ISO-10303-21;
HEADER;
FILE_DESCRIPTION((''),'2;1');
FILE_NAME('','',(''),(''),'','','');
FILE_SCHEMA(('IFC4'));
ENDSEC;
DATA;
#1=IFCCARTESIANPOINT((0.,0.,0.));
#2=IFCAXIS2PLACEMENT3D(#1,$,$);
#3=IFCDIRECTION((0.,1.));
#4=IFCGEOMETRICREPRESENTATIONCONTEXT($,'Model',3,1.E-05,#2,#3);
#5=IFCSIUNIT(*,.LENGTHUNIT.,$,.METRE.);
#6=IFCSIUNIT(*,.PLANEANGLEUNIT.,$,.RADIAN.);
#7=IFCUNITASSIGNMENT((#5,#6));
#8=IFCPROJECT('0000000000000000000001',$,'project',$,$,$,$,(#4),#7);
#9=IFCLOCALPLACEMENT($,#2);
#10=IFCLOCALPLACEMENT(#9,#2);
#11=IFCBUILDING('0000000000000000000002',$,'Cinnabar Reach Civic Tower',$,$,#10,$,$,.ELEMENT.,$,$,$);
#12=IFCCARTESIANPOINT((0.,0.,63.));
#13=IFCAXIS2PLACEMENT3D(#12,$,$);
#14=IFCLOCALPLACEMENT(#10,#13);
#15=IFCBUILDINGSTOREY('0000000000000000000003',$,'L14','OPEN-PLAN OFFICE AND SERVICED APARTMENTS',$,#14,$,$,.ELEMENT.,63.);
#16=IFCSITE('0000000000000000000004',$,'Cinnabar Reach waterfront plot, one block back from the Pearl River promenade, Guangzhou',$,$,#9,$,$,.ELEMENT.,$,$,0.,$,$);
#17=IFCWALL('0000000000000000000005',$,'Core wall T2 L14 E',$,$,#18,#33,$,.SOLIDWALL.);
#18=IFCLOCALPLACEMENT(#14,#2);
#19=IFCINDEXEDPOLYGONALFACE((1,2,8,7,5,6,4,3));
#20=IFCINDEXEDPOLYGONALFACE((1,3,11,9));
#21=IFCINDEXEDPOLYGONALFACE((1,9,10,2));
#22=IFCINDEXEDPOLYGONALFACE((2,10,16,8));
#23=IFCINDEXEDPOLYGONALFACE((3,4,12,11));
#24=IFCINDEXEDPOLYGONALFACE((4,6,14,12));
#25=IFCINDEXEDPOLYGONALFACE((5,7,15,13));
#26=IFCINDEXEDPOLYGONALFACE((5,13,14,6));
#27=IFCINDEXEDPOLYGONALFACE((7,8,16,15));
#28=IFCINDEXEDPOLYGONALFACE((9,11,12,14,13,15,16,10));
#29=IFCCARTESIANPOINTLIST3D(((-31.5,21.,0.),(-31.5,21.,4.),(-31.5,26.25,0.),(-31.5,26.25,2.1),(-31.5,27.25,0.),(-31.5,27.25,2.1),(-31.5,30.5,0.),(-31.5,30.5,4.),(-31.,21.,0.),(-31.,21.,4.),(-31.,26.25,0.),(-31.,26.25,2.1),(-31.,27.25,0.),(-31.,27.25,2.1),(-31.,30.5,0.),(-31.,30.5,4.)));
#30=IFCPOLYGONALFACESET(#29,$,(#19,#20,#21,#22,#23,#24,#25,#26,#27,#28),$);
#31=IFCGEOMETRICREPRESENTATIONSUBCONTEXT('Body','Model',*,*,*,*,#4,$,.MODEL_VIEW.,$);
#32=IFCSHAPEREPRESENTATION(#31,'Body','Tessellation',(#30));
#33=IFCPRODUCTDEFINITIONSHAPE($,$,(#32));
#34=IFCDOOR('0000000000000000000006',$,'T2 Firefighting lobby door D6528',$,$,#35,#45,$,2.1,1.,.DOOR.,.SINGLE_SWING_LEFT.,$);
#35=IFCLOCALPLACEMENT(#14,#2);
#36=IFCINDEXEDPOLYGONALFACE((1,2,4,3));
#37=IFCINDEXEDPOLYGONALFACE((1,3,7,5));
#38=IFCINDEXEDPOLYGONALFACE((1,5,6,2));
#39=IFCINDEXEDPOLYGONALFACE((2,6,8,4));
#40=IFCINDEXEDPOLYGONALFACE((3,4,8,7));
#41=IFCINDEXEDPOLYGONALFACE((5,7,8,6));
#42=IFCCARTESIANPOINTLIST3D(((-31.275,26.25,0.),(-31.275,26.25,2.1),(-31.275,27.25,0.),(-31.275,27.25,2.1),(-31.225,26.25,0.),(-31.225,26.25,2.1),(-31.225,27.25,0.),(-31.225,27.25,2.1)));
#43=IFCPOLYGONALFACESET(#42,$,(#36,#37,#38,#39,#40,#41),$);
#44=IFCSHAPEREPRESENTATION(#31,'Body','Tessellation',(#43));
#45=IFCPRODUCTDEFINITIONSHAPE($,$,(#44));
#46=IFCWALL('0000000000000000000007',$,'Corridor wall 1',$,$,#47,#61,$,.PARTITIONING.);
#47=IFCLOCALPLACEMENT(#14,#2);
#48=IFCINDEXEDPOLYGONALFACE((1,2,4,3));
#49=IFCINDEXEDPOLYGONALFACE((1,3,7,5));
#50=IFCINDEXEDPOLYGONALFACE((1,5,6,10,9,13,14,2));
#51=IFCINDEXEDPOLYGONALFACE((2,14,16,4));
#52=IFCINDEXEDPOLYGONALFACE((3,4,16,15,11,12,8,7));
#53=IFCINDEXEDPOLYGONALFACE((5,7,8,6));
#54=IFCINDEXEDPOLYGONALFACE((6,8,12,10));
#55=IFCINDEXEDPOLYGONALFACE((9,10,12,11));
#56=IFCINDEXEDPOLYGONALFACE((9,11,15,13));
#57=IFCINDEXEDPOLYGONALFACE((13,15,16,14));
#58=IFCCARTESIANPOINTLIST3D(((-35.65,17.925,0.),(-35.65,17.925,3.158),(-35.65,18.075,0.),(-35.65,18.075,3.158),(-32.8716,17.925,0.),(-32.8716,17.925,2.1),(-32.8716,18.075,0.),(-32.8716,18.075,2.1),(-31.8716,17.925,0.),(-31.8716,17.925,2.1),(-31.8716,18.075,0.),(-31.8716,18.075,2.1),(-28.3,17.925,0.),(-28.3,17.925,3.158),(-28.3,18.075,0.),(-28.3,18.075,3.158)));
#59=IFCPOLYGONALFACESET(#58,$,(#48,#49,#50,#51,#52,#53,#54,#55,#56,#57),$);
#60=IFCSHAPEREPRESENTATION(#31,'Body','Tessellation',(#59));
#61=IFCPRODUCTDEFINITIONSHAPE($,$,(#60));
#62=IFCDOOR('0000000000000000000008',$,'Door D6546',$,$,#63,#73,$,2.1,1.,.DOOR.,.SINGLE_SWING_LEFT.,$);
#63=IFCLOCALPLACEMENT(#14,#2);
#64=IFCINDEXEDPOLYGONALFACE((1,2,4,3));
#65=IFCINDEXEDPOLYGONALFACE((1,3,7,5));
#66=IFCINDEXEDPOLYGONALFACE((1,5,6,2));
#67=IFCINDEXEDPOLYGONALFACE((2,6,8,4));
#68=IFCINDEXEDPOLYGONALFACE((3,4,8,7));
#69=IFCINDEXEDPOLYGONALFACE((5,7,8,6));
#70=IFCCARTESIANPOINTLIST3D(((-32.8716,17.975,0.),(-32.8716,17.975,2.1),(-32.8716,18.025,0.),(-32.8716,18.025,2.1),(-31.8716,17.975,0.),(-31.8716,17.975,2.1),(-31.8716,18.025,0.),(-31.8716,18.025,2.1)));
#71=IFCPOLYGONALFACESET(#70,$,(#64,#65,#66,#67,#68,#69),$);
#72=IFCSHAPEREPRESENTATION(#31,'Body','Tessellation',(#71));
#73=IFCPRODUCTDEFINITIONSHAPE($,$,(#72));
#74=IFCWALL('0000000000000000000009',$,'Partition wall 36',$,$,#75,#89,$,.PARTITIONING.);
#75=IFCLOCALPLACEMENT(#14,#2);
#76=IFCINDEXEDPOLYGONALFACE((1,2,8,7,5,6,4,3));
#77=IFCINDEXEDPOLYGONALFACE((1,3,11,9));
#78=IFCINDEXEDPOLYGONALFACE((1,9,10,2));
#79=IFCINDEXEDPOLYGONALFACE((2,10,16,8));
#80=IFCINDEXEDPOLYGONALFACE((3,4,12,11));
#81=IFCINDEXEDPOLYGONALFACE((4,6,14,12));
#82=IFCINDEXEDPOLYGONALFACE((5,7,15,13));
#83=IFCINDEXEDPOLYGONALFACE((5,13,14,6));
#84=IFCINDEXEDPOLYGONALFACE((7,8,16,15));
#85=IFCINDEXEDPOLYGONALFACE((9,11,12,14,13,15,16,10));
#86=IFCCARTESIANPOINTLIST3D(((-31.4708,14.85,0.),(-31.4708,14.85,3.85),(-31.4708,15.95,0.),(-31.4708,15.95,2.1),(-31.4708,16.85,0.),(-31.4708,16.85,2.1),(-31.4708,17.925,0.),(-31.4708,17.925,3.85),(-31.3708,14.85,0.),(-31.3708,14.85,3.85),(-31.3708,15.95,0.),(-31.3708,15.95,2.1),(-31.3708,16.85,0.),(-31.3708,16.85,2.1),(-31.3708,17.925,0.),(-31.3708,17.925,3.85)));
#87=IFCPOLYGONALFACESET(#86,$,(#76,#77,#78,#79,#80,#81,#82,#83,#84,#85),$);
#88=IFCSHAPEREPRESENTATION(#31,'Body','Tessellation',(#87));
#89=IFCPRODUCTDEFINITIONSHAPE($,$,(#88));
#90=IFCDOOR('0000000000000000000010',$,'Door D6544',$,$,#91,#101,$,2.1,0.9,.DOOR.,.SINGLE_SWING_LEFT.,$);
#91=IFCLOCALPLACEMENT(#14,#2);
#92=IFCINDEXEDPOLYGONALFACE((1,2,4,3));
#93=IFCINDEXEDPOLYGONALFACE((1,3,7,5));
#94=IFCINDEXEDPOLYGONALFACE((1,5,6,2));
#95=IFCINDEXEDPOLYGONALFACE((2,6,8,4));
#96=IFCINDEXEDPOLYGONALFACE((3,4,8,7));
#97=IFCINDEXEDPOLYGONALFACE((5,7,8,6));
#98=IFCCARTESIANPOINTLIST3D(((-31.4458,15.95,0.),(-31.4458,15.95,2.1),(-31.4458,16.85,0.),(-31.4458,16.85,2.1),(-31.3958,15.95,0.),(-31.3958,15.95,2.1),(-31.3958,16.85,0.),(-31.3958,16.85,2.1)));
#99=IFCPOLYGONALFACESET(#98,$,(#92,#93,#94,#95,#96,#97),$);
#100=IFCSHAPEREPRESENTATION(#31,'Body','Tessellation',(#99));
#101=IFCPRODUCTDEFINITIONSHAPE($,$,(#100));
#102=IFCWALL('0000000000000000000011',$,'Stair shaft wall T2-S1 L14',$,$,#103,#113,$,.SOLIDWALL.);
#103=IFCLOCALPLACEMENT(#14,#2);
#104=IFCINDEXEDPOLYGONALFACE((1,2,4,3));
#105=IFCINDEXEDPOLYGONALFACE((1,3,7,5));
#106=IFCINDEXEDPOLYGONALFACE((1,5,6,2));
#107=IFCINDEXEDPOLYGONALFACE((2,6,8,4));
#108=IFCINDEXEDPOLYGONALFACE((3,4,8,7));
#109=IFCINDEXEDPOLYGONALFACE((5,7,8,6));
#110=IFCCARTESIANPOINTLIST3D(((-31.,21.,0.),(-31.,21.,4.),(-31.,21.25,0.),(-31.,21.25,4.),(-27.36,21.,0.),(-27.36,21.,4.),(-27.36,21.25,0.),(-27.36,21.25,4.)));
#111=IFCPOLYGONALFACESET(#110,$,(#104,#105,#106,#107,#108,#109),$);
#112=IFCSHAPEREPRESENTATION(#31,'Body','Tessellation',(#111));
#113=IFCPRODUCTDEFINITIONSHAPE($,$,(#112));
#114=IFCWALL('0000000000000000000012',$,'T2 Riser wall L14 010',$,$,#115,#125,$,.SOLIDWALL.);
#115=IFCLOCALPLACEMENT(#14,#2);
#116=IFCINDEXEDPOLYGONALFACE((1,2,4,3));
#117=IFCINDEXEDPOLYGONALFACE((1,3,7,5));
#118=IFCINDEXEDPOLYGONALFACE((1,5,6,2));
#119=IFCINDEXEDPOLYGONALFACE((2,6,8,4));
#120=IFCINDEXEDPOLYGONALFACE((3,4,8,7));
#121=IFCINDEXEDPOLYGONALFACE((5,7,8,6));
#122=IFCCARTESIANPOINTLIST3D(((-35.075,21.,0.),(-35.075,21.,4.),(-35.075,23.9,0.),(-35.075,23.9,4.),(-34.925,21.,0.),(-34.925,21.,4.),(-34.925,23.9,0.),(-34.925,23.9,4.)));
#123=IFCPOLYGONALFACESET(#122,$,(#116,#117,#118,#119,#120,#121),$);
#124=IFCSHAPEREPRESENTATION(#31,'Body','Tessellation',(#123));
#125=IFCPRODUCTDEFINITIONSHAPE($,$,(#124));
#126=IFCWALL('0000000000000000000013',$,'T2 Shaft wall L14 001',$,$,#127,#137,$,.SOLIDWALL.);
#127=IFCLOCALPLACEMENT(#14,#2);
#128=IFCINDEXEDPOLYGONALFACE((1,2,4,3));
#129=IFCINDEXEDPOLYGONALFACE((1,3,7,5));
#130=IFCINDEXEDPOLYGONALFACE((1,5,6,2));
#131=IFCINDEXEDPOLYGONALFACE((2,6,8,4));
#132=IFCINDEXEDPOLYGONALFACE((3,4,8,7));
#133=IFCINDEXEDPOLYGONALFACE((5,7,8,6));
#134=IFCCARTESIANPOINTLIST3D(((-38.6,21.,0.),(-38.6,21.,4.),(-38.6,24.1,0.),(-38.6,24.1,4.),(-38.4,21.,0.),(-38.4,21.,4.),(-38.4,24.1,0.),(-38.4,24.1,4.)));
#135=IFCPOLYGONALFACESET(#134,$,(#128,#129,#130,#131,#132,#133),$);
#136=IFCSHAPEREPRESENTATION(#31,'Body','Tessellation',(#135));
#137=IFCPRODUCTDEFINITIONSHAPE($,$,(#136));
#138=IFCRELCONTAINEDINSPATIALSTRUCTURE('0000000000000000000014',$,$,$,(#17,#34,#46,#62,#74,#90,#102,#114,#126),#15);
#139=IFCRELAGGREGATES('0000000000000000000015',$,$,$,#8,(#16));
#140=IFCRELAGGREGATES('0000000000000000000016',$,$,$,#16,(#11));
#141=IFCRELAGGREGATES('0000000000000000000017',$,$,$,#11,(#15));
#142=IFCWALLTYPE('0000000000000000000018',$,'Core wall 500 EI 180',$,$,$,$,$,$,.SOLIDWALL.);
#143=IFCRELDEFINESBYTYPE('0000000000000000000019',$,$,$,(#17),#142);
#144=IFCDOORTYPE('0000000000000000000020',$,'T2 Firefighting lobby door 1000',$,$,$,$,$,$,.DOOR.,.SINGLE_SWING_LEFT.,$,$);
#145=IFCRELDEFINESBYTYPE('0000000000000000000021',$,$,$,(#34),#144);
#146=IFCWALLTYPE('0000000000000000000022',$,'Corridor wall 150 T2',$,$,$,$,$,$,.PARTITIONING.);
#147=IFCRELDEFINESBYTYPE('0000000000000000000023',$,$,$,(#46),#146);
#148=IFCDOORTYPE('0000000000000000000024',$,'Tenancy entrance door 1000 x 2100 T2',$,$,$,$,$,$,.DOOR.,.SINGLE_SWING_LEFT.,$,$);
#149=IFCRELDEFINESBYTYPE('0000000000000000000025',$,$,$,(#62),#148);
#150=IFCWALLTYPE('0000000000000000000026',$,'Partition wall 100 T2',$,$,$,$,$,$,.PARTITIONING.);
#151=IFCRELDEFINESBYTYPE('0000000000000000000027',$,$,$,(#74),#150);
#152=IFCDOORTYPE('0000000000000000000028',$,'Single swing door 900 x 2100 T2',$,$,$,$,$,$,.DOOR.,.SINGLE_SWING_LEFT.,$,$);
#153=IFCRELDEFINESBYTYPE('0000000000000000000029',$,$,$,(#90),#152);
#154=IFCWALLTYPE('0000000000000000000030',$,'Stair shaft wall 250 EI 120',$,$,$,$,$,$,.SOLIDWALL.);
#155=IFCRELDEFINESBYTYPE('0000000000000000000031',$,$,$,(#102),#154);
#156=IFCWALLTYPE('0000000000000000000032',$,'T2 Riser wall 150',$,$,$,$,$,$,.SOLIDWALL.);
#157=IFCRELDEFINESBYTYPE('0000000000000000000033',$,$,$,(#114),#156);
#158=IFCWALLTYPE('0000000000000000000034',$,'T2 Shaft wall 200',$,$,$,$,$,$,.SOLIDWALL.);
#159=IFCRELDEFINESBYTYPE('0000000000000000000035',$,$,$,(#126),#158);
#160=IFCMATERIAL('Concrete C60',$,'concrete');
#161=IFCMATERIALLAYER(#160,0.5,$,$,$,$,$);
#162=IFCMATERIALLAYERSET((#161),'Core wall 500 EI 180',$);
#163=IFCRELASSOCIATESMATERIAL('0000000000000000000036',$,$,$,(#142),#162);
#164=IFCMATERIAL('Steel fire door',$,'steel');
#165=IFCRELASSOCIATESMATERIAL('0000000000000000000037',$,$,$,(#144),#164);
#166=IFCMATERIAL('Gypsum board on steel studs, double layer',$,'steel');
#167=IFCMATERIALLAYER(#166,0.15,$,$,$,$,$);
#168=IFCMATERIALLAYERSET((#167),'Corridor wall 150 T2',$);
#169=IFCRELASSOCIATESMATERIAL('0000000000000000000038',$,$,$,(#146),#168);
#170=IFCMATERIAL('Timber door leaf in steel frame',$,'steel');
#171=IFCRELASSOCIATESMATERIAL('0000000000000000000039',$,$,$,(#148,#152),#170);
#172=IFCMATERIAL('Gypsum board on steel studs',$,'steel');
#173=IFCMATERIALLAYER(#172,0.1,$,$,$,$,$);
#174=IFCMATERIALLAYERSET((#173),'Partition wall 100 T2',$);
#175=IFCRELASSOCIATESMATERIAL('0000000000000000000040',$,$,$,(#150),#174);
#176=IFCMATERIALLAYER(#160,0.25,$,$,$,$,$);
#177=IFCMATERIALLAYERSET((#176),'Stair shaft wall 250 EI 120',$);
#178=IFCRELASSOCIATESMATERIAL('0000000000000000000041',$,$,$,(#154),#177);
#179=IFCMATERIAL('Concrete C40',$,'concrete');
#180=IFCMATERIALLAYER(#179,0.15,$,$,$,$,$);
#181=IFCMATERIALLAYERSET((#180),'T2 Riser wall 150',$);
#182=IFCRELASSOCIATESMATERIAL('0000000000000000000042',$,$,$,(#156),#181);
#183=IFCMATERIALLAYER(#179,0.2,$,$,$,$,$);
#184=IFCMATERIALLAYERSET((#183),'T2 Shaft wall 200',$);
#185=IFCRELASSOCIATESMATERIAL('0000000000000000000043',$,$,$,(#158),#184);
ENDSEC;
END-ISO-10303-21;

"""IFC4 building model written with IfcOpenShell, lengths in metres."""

from ifc_helpers import new_model, si_unit, direction, frame, frame_2d, origin, place, context, subcontext, project, spatial, rectangle, extrude, material, layer, layer_set, type_object, element, fill, save


model = new_model("IFC4")

# Units and contexts
model_context = context("Model", 3, precision=1e-05, world=origin(), true_north=direction((0.0, 1.0)))
body_context = subcontext(model_context, "Body", "Model", "MODEL_VIEW")
ifc_project = project(units=[si_unit("LENGTHUNIT", "METRE"), si_unit("PLANEANGLEUNIT", "RADIAN")], contexts=[model_context])

# Site, building, storey
site_placement = place(None, origin())
site = spatial("IfcSite", under=ifc_project, at=site_placement, Name="Cinnabar Reach waterfront plot, one block back from the Pearl River promenade, Guangzhou", CompositionType="ELEMENT", RefElevation=0.0)
building_placement = place(site_placement, origin())
building = spatial("IfcBuilding", under=site, at=building_placement, Name="Cinnabar Reach Civic Tower", CompositionType="ELEMENT")
storey_placement = place(building_placement, frame((0.0, 0.0, 63.0)))
storey = spatial("IfcBuildingStorey", under=building, at=storey_placement, Name="L14", Description="OPEN-PLAN OFFICE AND SERVICED APARTMENTS", CompositionType="ELEMENT", Elevation=63.0)

# Shared definitions
ifc_material_1 = material(Name="Concrete C60", Category="concrete")

# Walls, openings, doors
ifc_layer_1 = layer(ifc_material_1, 0.5)
ifc_layer_set_1 = layer_set([ifc_layer_1], Name="Core wall 500 EI 180")
wall_type_1 = type_object("IfcWallType", Name="Core wall 500 EI 180", PredefinedType="SOLIDWALL", material=ifc_layer_set_1)
wall_1_placement = place(storey_placement, frame((-31.25, 21.0, 0.0), z_axis=(0.0, 0.0, 1.0), x_axis=(0.0, 1.0, 0.0)))
wall_1 = element("IfcWall", 1, at=wall_1_placement, inside=storey, type_object=wall_type_1, Name="Core wall T2 L14 E", PredefinedType="SOLIDWALL", context=body_context, shape_type="SweptSolid", body=[
    extrude(rectangle(XDim=9.5, YDim=0.5, at=frame_2d((4.75, 0.0))), origin(), (0.0, 0.0, 1.0), 4.0),
])
opening_1_placement = place(wall_1_placement, frame((5.25, 0.0, 0.0)))
opening_1 = element("IfcOpeningElement", 2, at=opening_1_placement, cuts=wall_1, PredefinedType="OPENING", context=body_context, shape_type="SweptSolid", body=[
    extrude(rectangle(XDim=1.0, YDim=2.1, at=frame_2d((0.5, 1.05))), frame((0.0, 0.26, 0.0), z_axis=(0.0, -1.0, 0.0), x_axis=(1.0, 0.0, 0.0)), (0.0, 0.0, 1.0), 0.52),
])
ifc_material_2 = material(Name="Steel fire door", Category="steel")
door_type_1 = type_object("IfcDoorType", Name="T2 Firefighting lobby door 1000", OperationType="SINGLE_SWING_LEFT", PredefinedType="DOOR", material=ifc_material_2)
door_1_placement = place(opening_1_placement, frame((1.0, 0.0, 0.0), z_axis=(0.0, 0.0, 1.0), x_axis=(-1.0, 0.0, 0.0)))
door_1 = element("IfcDoor", 3, at=door_1_placement, inside=storey, type_object=door_type_1, Name="T2 Firefighting lobby door D6528", OperationType="SINGLE_SWING_LEFT", OverallHeight=2.1, OverallWidth=1.0, PredefinedType="DOOR", context=body_context, shape_type="SweptSolid", body=[
    extrude(rectangle(XDim=1.0, YDim=2.1, at=frame_2d((0.5, 1.05))), frame((0.0, 0.025, 0.0), z_axis=(0.0, -1.0, 0.0), x_axis=(1.0, 0.0, 0.0)), (0.0, 0.0, 1.0), 0.05),
])
fill(opening_1, door_1)
ifc_material_3 = material(Name="Gypsum board on steel studs, double layer", Category="steel")
ifc_layer_2 = layer(ifc_material_3, 0.15)
ifc_layer_set_2 = layer_set([ifc_layer_2], Name="Corridor wall 150 T2")
wall_type_2 = type_object("IfcWallType", Name="Corridor wall 150 T2", PredefinedType="PARTITIONING", material=ifc_layer_set_2)
wall_2_placement = place(storey_placement, frame((-35.65, 18.0, 0.0), z_axis=(0.0, 0.0, 1.0), x_axis=(1.0, 0.0, 0.0)))
wall_2 = element("IfcWall", 4, at=wall_2_placement, inside=storey, type_object=wall_type_2, Name="Corridor wall 1", PredefinedType="PARTITIONING", context=body_context, shape_type="SweptSolid", body=[
    extrude(rectangle(XDim=7.35, YDim=0.15, at=frame_2d((3.675, 0.0))), origin(), (0.0, 0.0, 1.0), 3.158),
])
opening_2_placement = place(wall_2_placement, frame((2.7784, 0.0, 0.0)))
opening_2 = element("IfcOpeningElement", 5, at=opening_2_placement, cuts=wall_2, PredefinedType="OPENING", context=body_context, shape_type="SweptSolid", body=[
    extrude(rectangle(XDim=1.0, YDim=2.1, at=frame_2d((0.5, 1.05))), frame((0.0, 0.085, 0.0), z_axis=(0.0, -1.0, 0.0), x_axis=(1.0, 0.0, 0.0)), (0.0, 0.0, 1.0), 0.17),
])
ifc_material_4 = material(Name="Timber door leaf in steel frame", Category="steel")
door_type_2 = type_object("IfcDoorType", Name="Tenancy entrance door 1000 x 2100 T2", OperationType="SINGLE_SWING_LEFT", PredefinedType="DOOR", material=ifc_material_4)
door_2_placement = place(opening_2_placement, frame((1.0, 0.0, 0.0), z_axis=(0.0, 0.0, 1.0), x_axis=(-1.0, 0.0, 0.0)))
door_2 = element("IfcDoor", 6, at=door_2_placement, inside=storey, type_object=door_type_2, Name="Door D6546", OperationType="SINGLE_SWING_LEFT", OverallHeight=2.1, OverallWidth=1.0, PredefinedType="DOOR", context=body_context, shape_type="SweptSolid", body=[
    extrude(rectangle(XDim=1.0, YDim=2.1, at=frame_2d((0.5, 1.05))), frame((0.0, 0.025, 0.0), z_axis=(0.0, -1.0, 0.0), x_axis=(1.0, 0.0, 0.0)), (0.0, 0.0, 1.0), 0.05),
])
fill(opening_2, door_2)
ifc_material_5 = material(Name="Gypsum board on steel studs", Category="steel")
ifc_layer_3 = layer(ifc_material_5, 0.1)
ifc_layer_set_3 = layer_set([ifc_layer_3], Name="Partition wall 100 T2")
wall_type_3 = type_object("IfcWallType", Name="Partition wall 100 T2", PredefinedType="PARTITIONING", material=ifc_layer_set_3)
wall_3_placement = place(storey_placement, frame((-31.4208, 14.85, 0.0), z_axis=(0.0, 0.0, 1.0), x_axis=(0.0, 1.0, 0.0)))
wall_3 = element("IfcWall", 7, at=wall_3_placement, inside=storey, type_object=wall_type_3, Name="Partition wall 36", PredefinedType="PARTITIONING", context=body_context, shape_type="SweptSolid", body=[
    extrude(rectangle(XDim=3.075, YDim=0.1, at=frame_2d((1.5375, 0.0))), origin(), (0.0, 0.0, 1.0), 3.85),
])
opening_3_placement = place(wall_3_placement, frame((1.1, 0.0, 0.0)))
opening_3 = element("IfcOpeningElement", 8, at=opening_3_placement, cuts=wall_3, PredefinedType="OPENING", context=body_context, shape_type="SweptSolid", body=[
    extrude(rectangle(XDim=0.9, YDim=2.1, at=frame_2d((0.45, 1.05))), frame((0.0, 0.06, 0.0), z_axis=(0.0, -1.0, 0.0), x_axis=(1.0, 0.0, 0.0)), (0.0, 0.0, 1.0), 0.12),
])
door_type_3 = type_object("IfcDoorType", Name="Single swing door 900 x 2100 T2", OperationType="SINGLE_SWING_LEFT", PredefinedType="DOOR", material=ifc_material_4)
door_3_placement = place(opening_3_placement, origin())
door_3 = element("IfcDoor", 9, at=door_3_placement, inside=storey, type_object=door_type_3, Name="Door D6544", OperationType="SINGLE_SWING_LEFT", OverallHeight=2.1, OverallWidth=0.9, PredefinedType="DOOR", context=body_context, shape_type="SweptSolid", body=[
    extrude(rectangle(XDim=0.9, YDim=2.1, at=frame_2d((0.45, 1.05))), frame((0.0, 0.025, 0.0), z_axis=(0.0, -1.0, 0.0), x_axis=(1.0, 0.0, 0.0)), (0.0, 0.0, 1.0), 0.05),
])
fill(opening_3, door_3)

# Walls
ifc_layer_4 = layer(ifc_material_1, 0.25)
ifc_layer_set_4 = layer_set([ifc_layer_4], Name="Stair shaft wall 250 EI 120")
wall_type_4 = type_object("IfcWallType", Name="Stair shaft wall 250 EI 120", PredefinedType="SOLIDWALL", material=ifc_layer_set_4)
wall_4_placement = place(storey_placement, frame((-31.0, 21.125, 0.0), z_axis=(0.0, 0.0, 1.0), x_axis=(1.0, 0.0, 0.0)))
element("IfcWall", 10, at=wall_4_placement, inside=storey, type_object=wall_type_4, Name="Stair shaft wall T2-S1 L14", PredefinedType="SOLIDWALL", context=body_context, shape_type="SweptSolid", body=[
    extrude(rectangle(XDim=3.64, YDim=0.25, at=frame_2d((1.82, 0.0))), origin(), (0.0, 0.0, 1.0), 4.0),
])
ifc_material_6 = material(Name="Concrete C40", Category="concrete")
ifc_layer_5 = layer(ifc_material_6, 0.15)
ifc_layer_set_5 = layer_set([ifc_layer_5], Name="T2 Riser wall 150")
wall_type_5 = type_object("IfcWallType", Name="T2 Riser wall 150", PredefinedType="SOLIDWALL", material=ifc_layer_set_5)
wall_5_placement = place(storey_placement, frame((-35.0, 21.0, 0.0), z_axis=(0.0, 0.0, 1.0), x_axis=(0.0, 1.0, 0.0)))
element("IfcWall", 11, at=wall_5_placement, inside=storey, type_object=wall_type_5, Name="T2 Riser wall L14 010", PredefinedType="SOLIDWALL", context=body_context, shape_type="SweptSolid", body=[
    extrude(rectangle(XDim=2.9, YDim=0.15, at=frame_2d((1.45, 0.0))), origin(), (0.0, 0.0, 1.0), 4.0),
])
ifc_layer_6 = layer(ifc_material_6, 0.2)
ifc_layer_set_6 = layer_set([ifc_layer_6], Name="T2 Shaft wall 200")
wall_type_6 = type_object("IfcWallType", Name="T2 Shaft wall 200", PredefinedType="SOLIDWALL", material=ifc_layer_set_6)
wall_6_placement = place(storey_placement, frame((-38.5, 21.0, 0.0), z_axis=(0.0, 0.0, 1.0), x_axis=(0.0, 1.0, 0.0)))
element("IfcWall", 12, at=wall_6_placement, inside=storey, type_object=wall_type_6, Name="T2 Shaft wall L14 001", PredefinedType="SOLIDWALL", context=body_context, shape_type="SweptSolid", body=[
    extrude(rectangle(XDim=3.1, YDim=0.2, at=frame_2d((1.55, 0.0))), origin(), (0.0, 0.0, 1.0), 4.0),
])

save(model, "model.ifc")
